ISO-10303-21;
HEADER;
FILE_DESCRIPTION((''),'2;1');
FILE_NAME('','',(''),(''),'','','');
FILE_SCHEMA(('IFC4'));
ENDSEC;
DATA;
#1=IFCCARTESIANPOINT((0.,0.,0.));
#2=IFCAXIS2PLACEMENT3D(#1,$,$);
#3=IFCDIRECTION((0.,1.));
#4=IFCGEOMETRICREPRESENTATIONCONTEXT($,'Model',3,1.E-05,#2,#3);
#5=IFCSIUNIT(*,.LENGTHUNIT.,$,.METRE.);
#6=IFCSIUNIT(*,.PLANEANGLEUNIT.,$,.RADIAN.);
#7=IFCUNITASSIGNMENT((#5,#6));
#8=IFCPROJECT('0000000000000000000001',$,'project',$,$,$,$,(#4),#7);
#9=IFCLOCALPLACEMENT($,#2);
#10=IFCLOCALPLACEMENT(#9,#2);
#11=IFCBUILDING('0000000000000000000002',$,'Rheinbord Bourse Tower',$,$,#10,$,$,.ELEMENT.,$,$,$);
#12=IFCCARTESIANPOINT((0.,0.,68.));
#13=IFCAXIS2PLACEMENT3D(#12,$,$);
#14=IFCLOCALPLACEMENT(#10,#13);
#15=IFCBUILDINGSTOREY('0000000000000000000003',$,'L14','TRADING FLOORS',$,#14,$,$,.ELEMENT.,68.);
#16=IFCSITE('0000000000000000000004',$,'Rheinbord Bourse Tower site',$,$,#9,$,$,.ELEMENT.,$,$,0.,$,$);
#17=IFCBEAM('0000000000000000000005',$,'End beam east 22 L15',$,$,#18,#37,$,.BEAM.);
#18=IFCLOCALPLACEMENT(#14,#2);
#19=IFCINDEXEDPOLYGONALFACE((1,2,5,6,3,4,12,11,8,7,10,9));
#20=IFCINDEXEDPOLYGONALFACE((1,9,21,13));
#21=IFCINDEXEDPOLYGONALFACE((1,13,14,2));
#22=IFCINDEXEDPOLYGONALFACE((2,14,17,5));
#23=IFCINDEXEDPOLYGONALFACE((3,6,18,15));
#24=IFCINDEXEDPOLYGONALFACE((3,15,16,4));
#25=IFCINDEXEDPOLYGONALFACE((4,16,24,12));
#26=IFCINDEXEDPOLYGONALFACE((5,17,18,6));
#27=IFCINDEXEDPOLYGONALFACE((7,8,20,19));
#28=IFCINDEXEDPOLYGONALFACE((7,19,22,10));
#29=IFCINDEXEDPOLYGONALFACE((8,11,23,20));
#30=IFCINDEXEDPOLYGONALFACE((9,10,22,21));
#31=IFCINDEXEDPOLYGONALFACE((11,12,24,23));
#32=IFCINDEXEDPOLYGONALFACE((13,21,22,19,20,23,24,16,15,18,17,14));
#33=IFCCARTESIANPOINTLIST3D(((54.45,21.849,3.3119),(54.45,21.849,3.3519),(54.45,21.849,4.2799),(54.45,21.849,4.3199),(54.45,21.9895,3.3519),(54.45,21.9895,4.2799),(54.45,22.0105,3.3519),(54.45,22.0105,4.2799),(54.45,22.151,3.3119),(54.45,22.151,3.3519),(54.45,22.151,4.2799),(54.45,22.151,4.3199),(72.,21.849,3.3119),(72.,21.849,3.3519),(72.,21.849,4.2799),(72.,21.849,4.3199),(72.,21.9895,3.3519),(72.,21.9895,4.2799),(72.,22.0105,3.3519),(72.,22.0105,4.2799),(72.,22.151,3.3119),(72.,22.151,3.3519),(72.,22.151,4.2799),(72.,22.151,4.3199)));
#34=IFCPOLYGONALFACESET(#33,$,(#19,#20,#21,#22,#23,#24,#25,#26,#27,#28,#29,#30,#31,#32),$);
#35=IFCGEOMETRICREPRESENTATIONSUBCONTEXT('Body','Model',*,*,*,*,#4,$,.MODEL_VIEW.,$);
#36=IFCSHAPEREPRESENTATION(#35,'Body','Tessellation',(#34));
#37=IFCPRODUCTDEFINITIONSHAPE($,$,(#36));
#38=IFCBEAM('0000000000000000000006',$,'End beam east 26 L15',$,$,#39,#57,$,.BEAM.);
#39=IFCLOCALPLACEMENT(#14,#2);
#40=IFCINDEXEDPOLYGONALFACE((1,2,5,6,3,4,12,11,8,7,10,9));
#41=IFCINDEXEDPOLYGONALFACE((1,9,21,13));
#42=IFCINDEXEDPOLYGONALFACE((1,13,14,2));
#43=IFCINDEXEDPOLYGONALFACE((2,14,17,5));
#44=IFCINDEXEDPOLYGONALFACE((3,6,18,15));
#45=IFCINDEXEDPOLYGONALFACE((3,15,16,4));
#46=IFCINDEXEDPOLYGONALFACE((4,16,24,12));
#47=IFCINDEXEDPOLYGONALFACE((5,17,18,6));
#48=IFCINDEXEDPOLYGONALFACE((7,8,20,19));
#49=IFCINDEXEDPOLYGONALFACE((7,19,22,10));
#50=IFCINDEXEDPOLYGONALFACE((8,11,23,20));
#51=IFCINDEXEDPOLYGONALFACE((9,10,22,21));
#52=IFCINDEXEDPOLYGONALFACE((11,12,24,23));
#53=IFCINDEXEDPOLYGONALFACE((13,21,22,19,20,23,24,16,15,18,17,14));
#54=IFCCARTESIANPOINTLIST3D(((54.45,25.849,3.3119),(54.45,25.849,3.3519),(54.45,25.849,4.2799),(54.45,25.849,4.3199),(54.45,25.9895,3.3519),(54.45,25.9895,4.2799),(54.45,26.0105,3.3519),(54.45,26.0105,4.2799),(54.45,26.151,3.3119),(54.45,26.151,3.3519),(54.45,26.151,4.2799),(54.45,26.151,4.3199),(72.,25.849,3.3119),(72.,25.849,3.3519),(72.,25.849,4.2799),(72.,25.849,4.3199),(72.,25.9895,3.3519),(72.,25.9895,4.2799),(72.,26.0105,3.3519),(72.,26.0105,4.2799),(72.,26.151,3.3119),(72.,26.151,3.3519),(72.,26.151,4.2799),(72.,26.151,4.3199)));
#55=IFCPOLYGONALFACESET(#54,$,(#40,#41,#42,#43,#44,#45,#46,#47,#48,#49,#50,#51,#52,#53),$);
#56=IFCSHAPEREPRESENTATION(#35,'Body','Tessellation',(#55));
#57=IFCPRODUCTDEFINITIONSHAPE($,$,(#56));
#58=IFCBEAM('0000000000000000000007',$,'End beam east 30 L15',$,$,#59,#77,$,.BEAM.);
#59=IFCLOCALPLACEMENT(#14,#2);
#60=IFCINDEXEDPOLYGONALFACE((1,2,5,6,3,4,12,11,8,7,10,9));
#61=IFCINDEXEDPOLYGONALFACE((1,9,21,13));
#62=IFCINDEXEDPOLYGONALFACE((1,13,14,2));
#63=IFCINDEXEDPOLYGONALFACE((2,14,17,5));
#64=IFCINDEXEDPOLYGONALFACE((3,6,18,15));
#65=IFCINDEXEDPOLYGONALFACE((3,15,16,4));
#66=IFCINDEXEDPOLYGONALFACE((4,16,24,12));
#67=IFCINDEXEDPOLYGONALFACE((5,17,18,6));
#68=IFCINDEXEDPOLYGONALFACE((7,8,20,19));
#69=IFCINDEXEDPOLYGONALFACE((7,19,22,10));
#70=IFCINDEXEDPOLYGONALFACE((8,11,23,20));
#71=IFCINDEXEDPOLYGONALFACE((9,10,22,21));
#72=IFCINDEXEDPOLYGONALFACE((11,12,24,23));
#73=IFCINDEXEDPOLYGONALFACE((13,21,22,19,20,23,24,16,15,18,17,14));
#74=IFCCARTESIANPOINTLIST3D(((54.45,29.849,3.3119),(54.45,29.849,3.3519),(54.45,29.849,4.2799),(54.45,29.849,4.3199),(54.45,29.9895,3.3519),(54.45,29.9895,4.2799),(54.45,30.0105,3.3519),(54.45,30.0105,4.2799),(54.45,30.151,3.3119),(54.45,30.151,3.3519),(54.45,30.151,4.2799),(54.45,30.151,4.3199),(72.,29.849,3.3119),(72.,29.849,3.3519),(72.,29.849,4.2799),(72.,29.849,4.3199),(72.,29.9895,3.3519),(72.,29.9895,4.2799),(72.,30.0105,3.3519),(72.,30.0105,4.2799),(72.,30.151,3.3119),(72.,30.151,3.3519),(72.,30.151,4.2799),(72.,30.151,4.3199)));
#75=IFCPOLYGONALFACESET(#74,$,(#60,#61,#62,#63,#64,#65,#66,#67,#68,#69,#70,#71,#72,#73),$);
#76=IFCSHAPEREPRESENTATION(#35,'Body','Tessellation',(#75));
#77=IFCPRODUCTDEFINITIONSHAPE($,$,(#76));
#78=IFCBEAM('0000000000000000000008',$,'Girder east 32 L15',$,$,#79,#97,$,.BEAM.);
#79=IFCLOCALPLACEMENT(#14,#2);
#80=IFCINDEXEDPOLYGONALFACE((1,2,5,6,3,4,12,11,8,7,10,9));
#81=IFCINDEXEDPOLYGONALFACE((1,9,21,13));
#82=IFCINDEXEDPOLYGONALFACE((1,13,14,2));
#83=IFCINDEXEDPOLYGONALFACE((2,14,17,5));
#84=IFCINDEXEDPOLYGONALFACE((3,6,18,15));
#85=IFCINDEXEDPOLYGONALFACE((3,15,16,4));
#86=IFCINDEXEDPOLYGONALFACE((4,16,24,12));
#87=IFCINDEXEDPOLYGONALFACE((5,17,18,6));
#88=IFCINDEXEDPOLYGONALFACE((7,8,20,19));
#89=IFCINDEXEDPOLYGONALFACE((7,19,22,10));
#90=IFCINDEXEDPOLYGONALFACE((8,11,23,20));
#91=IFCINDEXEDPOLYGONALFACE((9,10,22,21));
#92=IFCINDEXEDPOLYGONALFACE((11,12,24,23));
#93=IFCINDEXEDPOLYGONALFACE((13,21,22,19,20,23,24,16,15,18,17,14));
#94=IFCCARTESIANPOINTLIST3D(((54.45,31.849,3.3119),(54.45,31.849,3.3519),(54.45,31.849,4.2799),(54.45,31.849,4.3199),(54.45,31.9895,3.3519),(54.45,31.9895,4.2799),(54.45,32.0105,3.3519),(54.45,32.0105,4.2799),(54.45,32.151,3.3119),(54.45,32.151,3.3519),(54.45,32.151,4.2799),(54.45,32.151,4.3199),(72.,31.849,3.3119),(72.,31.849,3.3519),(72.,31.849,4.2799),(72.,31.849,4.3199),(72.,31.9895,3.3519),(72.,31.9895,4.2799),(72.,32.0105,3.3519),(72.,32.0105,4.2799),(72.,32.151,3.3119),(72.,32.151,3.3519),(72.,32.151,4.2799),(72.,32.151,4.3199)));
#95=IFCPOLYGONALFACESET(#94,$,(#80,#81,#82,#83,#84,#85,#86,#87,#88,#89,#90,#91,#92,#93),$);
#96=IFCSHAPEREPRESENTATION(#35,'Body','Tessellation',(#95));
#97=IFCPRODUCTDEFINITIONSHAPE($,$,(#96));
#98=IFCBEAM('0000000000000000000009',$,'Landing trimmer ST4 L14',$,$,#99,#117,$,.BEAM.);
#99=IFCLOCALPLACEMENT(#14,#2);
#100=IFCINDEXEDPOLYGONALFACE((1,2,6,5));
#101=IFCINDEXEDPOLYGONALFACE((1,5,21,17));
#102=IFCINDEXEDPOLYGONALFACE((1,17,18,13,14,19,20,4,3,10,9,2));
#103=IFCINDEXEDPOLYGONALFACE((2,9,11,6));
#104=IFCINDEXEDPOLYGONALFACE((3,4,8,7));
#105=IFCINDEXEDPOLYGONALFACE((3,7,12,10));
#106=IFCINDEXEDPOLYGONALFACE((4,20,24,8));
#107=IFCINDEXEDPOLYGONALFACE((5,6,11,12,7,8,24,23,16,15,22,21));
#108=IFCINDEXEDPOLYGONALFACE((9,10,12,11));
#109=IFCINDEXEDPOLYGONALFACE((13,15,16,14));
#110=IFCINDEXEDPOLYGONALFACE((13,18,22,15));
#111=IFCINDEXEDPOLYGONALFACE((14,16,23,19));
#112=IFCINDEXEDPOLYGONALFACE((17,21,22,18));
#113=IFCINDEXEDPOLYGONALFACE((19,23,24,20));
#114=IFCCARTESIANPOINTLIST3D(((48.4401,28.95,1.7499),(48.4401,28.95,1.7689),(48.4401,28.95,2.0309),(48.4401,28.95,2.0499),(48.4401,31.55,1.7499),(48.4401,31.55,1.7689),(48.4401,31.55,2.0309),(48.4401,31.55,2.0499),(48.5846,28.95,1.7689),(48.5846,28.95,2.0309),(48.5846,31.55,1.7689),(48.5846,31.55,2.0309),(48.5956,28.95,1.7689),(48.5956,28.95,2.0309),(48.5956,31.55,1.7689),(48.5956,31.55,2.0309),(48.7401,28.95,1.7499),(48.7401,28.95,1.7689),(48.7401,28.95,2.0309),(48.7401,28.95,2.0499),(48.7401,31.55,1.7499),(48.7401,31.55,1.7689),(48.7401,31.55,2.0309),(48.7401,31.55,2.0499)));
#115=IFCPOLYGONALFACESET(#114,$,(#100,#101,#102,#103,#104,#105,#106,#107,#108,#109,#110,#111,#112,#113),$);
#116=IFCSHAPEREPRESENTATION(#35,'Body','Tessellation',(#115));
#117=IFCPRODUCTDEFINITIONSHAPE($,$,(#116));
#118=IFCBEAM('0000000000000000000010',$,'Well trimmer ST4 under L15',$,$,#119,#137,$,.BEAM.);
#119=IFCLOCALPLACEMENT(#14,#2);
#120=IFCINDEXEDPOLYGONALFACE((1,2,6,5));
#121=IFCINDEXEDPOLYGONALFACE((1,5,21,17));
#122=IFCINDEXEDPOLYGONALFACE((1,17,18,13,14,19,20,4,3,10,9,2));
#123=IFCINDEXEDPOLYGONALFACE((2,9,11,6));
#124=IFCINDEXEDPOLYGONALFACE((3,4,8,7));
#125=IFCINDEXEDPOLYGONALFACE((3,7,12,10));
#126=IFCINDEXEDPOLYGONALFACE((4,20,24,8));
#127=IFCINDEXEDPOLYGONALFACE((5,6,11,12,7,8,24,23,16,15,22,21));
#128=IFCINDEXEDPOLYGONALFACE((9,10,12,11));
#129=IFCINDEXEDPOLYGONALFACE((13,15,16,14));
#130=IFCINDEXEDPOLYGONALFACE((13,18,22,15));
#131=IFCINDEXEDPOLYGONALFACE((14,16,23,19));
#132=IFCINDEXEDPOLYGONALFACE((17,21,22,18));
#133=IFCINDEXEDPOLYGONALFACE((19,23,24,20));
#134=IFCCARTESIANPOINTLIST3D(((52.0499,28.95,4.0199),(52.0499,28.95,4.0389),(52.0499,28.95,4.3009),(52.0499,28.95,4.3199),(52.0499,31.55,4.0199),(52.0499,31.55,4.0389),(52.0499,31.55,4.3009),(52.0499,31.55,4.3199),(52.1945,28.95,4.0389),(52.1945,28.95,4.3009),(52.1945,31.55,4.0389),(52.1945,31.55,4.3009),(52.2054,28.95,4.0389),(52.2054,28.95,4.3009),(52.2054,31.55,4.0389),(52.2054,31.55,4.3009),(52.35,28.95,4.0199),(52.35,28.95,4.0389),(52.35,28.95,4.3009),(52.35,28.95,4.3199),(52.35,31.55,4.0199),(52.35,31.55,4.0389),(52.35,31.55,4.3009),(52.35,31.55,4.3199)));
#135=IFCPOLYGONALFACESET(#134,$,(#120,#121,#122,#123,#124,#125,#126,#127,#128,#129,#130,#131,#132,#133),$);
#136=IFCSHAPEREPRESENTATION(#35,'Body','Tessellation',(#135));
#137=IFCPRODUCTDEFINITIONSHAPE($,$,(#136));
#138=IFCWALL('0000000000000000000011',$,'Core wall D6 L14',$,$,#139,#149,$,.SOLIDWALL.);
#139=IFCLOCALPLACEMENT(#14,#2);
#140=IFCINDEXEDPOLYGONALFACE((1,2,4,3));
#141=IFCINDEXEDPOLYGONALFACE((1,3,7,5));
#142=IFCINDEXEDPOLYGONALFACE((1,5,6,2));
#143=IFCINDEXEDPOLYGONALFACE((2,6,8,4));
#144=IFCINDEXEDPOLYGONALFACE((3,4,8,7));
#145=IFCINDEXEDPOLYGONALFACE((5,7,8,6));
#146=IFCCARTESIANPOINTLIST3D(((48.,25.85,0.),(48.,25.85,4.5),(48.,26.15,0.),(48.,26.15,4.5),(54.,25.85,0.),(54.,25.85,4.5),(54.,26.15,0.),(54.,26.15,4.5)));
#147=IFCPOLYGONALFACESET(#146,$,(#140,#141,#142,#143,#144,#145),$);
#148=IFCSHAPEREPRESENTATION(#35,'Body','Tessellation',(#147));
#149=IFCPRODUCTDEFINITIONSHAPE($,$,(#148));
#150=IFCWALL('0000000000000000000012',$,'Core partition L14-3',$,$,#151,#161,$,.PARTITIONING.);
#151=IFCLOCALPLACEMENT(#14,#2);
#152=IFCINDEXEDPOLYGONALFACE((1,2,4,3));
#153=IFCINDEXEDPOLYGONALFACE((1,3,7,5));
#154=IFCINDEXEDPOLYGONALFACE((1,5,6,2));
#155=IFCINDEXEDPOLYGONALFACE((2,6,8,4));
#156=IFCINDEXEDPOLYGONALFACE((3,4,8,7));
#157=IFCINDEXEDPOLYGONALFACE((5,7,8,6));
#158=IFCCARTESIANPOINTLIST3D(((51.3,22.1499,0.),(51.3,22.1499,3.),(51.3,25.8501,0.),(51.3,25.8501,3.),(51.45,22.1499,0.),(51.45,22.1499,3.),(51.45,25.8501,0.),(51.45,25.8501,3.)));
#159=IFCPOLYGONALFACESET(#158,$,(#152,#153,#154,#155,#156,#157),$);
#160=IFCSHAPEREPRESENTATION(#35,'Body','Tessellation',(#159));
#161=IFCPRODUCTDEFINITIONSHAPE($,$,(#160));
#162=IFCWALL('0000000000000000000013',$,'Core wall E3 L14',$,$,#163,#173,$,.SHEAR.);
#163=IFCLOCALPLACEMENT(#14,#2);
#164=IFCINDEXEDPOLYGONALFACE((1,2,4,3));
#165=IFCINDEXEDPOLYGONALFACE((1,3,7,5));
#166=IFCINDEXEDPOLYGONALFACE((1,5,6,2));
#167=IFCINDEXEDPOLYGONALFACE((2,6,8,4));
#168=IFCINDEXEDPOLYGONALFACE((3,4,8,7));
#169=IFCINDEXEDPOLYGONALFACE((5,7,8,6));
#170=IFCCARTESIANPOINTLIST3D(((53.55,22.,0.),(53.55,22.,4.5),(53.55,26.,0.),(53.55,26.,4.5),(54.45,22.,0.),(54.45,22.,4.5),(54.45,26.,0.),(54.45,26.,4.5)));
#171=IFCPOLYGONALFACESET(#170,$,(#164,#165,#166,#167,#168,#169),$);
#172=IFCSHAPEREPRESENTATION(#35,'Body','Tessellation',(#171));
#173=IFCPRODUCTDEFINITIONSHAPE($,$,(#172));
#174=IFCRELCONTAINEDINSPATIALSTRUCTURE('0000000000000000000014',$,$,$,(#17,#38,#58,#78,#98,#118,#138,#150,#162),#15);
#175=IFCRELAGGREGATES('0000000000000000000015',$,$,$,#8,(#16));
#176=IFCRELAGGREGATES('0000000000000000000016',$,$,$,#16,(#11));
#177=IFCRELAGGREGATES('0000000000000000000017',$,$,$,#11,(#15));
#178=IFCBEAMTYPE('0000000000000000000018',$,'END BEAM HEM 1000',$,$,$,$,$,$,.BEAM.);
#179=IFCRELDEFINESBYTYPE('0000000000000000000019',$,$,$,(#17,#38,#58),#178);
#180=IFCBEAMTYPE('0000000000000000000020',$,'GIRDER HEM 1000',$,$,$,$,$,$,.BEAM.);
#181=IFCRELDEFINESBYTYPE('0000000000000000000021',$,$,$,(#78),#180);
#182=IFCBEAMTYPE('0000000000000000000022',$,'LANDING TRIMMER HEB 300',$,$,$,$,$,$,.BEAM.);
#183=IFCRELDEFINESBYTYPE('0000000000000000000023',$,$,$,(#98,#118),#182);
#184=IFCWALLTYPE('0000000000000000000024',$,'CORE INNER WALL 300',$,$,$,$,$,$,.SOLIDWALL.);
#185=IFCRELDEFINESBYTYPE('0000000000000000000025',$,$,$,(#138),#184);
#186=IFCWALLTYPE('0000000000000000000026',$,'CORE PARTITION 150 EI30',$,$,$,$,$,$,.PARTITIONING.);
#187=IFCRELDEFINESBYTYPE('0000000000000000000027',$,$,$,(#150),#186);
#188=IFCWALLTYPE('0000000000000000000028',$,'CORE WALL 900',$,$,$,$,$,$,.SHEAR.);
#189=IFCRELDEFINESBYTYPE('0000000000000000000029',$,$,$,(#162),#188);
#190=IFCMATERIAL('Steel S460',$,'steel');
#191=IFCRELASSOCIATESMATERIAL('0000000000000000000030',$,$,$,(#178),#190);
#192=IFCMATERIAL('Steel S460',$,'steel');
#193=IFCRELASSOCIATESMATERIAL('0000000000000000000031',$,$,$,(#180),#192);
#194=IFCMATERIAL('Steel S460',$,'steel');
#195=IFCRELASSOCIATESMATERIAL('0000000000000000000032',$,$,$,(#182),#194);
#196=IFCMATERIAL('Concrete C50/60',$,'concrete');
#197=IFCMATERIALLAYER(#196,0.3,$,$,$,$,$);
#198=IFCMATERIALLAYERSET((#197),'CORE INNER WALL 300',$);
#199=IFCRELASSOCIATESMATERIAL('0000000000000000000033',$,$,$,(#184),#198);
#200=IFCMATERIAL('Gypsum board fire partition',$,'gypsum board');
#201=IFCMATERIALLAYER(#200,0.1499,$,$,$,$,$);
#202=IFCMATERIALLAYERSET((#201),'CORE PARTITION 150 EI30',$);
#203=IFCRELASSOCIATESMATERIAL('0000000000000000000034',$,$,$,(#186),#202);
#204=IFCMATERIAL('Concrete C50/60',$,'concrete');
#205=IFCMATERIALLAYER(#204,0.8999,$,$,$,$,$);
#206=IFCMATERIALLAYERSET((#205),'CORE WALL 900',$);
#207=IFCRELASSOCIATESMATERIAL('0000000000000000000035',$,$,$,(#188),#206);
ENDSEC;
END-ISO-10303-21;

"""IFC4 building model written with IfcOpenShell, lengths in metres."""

from ifc_helpers import new_model, si_unit, direction, frame, frame_2d, origin, origin_2d, place, context, subcontext, project, spatial, rectangle, i_section, extrude, material, layer, layer_set, material_profile, profile_set, type_object, element, save


model = new_model("IFC4")

# Units and contexts
model_context = context("Model", 3, precision=1e-05, world=origin(), true_north=direction((0.0, 1.0)))
body_context = subcontext(model_context, "Body", "Model", "MODEL_VIEW")
ifc_project = project(units=[si_unit("LENGTHUNIT", "METRE"), si_unit("PLANEANGLEUNIT", "RADIAN")], contexts=[model_context])

# Site, building, storey
site_placement = place(None, origin())
site = spatial("IfcSite", under=ifc_project, at=site_placement, Name="Rheinbord Bourse Tower site", CompositionType="ELEMENT", RefElevation=0.0)
building_placement = place(site_placement, origin())
building = spatial("IfcBuilding", under=site, at=building_placement, Name="Rheinbord Bourse Tower", CompositionType="ELEMENT")
storey_placement = place(building_placement, frame((0.0, 0.0, 68.0)))
storey = spatial("IfcBuildingStorey", under=building, at=storey_placement, Name="L14", Description="TRADING FLOORS", CompositionType="ELEMENT", Elevation=68.0)

# Beams
ifc_material_1 = material(Name="Steel S460", Category="steel")
ifc_material_profile_1 = material_profile(ifc_material_1, i_section(OverallWidth=0.302, OverallDepth=1.0081, WebThickness=0.021, FlangeThickness=0.04, at=origin_2d()), Name="HEM 1000")
ifc_profile_set_1 = profile_set([ifc_material_profile_1], Name="Steel S460")
beam_type_1 = type_object("IfcBeamType", Name="END BEAM HEM 1000", PredefinedType="BEAM", material=ifc_profile_set_1)
for number, where, z_axis, x_axis, name in (
    (1, (54.45, 22.0, 3.8159), (1.0, 0.0, 0.0), (0.0, 1.0, 0.0), "End beam east 22 L15"),
    (2, (54.45, 26.0, 3.8159), (1.0, 0.0, 0.0), (0.0, 1.0, 0.0), "End beam east 26 L15"),
    (3, (54.45, 30.0, 3.8159), (1.0, 0.0, 0.0), (0.0, 1.0, 0.0), "End beam east 30 L15"),
):
    element("IfcBeam", number, at=place(storey_placement, frame(where, z_axis=z_axis, x_axis=x_axis)), inside=storey, type_object=beam_type_1, Name=name, PredefinedType="BEAM", context=body_context, shape_type="SweptSolid", body=[
        extrude(i_section(OverallWidth=0.302, OverallDepth=1.0081, WebThickness=0.021, FlangeThickness=0.04, at=origin_2d()), origin(), (0.0, 0.0, 1.0), 17.55),
    ])
ifc_material_2 = material(Name="Steel S460", Category="steel")
ifc_material_profile_2 = material_profile(ifc_material_2, i_section(OverallWidth=0.302, OverallDepth=1.0081, WebThickness=0.021, FlangeThickness=0.04, at=origin_2d()), Name="HEM 1000")
ifc_profile_set_2 = profile_set([ifc_material_profile_2], Name="Steel S460")
beam_type_2 = type_object("IfcBeamType", Name="GIRDER HEM 1000", PredefinedType="BEAM", material=ifc_profile_set_2)
beam_placement = place(storey_placement, frame((54.45, 32.0, 3.8159), z_axis=(1.0, 0.0, 0.0), x_axis=(0.0, 1.0, 0.0)))
element("IfcBeam", 4, at=beam_placement, inside=storey, type_object=beam_type_2, Name="Girder east 32 L15", PredefinedType="BEAM", context=body_context, shape_type="SweptSolid", body=[
    extrude(i_section(OverallWidth=0.302, OverallDepth=1.0081, WebThickness=0.021, FlangeThickness=0.04, at=origin_2d()), origin(), (0.0, 0.0, 1.0), 17.55),
])
ifc_material_3 = material(Name="Steel S460", Category="steel")
ifc_material_profile_3 = material_profile(ifc_material_3, i_section(OverallWidth=0.3, OverallDepth=0.3, WebThickness=0.011, FlangeThickness=0.019, at=origin_2d()), Name="HEB 300")
ifc_profile_set_3 = profile_set([ifc_material_profile_3], Name="Steel S460")
beam_type_3 = type_object("IfcBeamType", Name="LANDING TRIMMER HEB 300", PredefinedType="BEAM", material=ifc_profile_set_3)
for number, where, z_axis, x_axis, name in (
    (5, (48.5901, 28.95, 1.8999), (0.0, 1.0, 0.0), (-1.0, 0.0, 0.0), "Landing trimmer ST4 L14"),
    (6, (52.2, 28.95, 4.1699), (0.0, 1.0, 0.0), (-1.0, 0.0, 0.0), "Well trimmer ST4 under L15"),
):
    element("IfcBeam", number, at=place(storey_placement, frame(where, z_axis=z_axis, x_axis=x_axis)), inside=storey, type_object=beam_type_3, Name=name, PredefinedType="BEAM", context=body_context, shape_type="SweptSolid", body=[
        extrude(i_section(OverallWidth=0.3, OverallDepth=0.3, WebThickness=0.011, FlangeThickness=0.019, at=origin_2d()), origin(), (0.0, 0.0, 1.0), 2.6001),
    ])

# Walls
ifc_material_4 = material(Name="Concrete C50/60", Category="concrete")
ifc_layer_1 = layer(ifc_material_4, 0.3)
ifc_layer_set_1 = layer_set([ifc_layer_1], Name="CORE INNER WALL 300")
wall_type_1 = type_object("IfcWallType", Name="CORE INNER WALL 300", PredefinedType="SOLIDWALL", material=ifc_layer_set_1)
wall_1_placement = place(storey_placement, frame((48.0, 26.0, 0.0), z_axis=(0.0, 0.0, 1.0), x_axis=(1.0, 0.0, 0.0)))
element("IfcWall", 7, at=wall_1_placement, inside=storey, type_object=wall_type_1, Name="Core wall D6 L14", PredefinedType="SOLIDWALL", context=body_context, shape_type="SweptSolid", body=[
    extrude(rectangle(XDim=6.0, YDim=0.3, at=frame_2d((3.0, 0.0))), origin(), (0.0, 0.0, 1.0), 4.5),
])
ifc_material_5 = material(Name="Gypsum board fire partition", Category="gypsum board")
ifc_layer_2 = layer(ifc_material_5, 0.1499)
ifc_layer_set_2 = layer_set([ifc_layer_2], Name="CORE PARTITION 150 EI30")
wall_type_2 = type_object("IfcWallType", Name="CORE PARTITION 150 EI30", PredefinedType="PARTITIONING", material=ifc_layer_set_2)
wall_2_placement = place(storey_placement, frame((51.375, 22.1499, 0.0), z_axis=(0.0, 0.0, 1.0), x_axis=(0.0, 1.0, 0.0)))
element("IfcWall", 8, at=wall_2_placement, inside=storey, type_object=wall_type_2, Name="Core partition L14-3", PredefinedType="PARTITIONING", context=body_context, shape_type="SweptSolid", body=[
    extrude(rectangle(XDim=3.7002, YDim=0.1499, at=frame_2d((1.8501, 0.0))), origin(), (0.0, 0.0, 1.0), 3.0),
])
ifc_material_6 = material(Name="Concrete C50/60", Category="concrete")
ifc_layer_3 = layer(ifc_material_6, 0.8999)
ifc_layer_set_3 = layer_set([ifc_layer_3], Name="CORE WALL 900")
wall_type_3 = type_object("IfcWallType", Name="CORE WALL 900", PredefinedType="SHEAR", material=ifc_layer_set_3)
wall_3_placement = place(storey_placement, frame((54.0, 22.0, 0.0), z_axis=(0.0, 0.0, 1.0), x_axis=(0.0, 1.0, 0.0)))
element("IfcWall", 9, at=wall_3_placement, inside=storey, type_object=wall_type_3, Name="Core wall E3 L14", PredefinedType="SHEAR", context=body_context, shape_type="SweptSolid", body=[
    extrude(rectangle(XDim=4.0, YDim=0.8999, at=frame_2d((2.0, 0.0))), origin(), (0.0, 0.0, 1.0), 4.5),
])

save(model, "model.ifc")
